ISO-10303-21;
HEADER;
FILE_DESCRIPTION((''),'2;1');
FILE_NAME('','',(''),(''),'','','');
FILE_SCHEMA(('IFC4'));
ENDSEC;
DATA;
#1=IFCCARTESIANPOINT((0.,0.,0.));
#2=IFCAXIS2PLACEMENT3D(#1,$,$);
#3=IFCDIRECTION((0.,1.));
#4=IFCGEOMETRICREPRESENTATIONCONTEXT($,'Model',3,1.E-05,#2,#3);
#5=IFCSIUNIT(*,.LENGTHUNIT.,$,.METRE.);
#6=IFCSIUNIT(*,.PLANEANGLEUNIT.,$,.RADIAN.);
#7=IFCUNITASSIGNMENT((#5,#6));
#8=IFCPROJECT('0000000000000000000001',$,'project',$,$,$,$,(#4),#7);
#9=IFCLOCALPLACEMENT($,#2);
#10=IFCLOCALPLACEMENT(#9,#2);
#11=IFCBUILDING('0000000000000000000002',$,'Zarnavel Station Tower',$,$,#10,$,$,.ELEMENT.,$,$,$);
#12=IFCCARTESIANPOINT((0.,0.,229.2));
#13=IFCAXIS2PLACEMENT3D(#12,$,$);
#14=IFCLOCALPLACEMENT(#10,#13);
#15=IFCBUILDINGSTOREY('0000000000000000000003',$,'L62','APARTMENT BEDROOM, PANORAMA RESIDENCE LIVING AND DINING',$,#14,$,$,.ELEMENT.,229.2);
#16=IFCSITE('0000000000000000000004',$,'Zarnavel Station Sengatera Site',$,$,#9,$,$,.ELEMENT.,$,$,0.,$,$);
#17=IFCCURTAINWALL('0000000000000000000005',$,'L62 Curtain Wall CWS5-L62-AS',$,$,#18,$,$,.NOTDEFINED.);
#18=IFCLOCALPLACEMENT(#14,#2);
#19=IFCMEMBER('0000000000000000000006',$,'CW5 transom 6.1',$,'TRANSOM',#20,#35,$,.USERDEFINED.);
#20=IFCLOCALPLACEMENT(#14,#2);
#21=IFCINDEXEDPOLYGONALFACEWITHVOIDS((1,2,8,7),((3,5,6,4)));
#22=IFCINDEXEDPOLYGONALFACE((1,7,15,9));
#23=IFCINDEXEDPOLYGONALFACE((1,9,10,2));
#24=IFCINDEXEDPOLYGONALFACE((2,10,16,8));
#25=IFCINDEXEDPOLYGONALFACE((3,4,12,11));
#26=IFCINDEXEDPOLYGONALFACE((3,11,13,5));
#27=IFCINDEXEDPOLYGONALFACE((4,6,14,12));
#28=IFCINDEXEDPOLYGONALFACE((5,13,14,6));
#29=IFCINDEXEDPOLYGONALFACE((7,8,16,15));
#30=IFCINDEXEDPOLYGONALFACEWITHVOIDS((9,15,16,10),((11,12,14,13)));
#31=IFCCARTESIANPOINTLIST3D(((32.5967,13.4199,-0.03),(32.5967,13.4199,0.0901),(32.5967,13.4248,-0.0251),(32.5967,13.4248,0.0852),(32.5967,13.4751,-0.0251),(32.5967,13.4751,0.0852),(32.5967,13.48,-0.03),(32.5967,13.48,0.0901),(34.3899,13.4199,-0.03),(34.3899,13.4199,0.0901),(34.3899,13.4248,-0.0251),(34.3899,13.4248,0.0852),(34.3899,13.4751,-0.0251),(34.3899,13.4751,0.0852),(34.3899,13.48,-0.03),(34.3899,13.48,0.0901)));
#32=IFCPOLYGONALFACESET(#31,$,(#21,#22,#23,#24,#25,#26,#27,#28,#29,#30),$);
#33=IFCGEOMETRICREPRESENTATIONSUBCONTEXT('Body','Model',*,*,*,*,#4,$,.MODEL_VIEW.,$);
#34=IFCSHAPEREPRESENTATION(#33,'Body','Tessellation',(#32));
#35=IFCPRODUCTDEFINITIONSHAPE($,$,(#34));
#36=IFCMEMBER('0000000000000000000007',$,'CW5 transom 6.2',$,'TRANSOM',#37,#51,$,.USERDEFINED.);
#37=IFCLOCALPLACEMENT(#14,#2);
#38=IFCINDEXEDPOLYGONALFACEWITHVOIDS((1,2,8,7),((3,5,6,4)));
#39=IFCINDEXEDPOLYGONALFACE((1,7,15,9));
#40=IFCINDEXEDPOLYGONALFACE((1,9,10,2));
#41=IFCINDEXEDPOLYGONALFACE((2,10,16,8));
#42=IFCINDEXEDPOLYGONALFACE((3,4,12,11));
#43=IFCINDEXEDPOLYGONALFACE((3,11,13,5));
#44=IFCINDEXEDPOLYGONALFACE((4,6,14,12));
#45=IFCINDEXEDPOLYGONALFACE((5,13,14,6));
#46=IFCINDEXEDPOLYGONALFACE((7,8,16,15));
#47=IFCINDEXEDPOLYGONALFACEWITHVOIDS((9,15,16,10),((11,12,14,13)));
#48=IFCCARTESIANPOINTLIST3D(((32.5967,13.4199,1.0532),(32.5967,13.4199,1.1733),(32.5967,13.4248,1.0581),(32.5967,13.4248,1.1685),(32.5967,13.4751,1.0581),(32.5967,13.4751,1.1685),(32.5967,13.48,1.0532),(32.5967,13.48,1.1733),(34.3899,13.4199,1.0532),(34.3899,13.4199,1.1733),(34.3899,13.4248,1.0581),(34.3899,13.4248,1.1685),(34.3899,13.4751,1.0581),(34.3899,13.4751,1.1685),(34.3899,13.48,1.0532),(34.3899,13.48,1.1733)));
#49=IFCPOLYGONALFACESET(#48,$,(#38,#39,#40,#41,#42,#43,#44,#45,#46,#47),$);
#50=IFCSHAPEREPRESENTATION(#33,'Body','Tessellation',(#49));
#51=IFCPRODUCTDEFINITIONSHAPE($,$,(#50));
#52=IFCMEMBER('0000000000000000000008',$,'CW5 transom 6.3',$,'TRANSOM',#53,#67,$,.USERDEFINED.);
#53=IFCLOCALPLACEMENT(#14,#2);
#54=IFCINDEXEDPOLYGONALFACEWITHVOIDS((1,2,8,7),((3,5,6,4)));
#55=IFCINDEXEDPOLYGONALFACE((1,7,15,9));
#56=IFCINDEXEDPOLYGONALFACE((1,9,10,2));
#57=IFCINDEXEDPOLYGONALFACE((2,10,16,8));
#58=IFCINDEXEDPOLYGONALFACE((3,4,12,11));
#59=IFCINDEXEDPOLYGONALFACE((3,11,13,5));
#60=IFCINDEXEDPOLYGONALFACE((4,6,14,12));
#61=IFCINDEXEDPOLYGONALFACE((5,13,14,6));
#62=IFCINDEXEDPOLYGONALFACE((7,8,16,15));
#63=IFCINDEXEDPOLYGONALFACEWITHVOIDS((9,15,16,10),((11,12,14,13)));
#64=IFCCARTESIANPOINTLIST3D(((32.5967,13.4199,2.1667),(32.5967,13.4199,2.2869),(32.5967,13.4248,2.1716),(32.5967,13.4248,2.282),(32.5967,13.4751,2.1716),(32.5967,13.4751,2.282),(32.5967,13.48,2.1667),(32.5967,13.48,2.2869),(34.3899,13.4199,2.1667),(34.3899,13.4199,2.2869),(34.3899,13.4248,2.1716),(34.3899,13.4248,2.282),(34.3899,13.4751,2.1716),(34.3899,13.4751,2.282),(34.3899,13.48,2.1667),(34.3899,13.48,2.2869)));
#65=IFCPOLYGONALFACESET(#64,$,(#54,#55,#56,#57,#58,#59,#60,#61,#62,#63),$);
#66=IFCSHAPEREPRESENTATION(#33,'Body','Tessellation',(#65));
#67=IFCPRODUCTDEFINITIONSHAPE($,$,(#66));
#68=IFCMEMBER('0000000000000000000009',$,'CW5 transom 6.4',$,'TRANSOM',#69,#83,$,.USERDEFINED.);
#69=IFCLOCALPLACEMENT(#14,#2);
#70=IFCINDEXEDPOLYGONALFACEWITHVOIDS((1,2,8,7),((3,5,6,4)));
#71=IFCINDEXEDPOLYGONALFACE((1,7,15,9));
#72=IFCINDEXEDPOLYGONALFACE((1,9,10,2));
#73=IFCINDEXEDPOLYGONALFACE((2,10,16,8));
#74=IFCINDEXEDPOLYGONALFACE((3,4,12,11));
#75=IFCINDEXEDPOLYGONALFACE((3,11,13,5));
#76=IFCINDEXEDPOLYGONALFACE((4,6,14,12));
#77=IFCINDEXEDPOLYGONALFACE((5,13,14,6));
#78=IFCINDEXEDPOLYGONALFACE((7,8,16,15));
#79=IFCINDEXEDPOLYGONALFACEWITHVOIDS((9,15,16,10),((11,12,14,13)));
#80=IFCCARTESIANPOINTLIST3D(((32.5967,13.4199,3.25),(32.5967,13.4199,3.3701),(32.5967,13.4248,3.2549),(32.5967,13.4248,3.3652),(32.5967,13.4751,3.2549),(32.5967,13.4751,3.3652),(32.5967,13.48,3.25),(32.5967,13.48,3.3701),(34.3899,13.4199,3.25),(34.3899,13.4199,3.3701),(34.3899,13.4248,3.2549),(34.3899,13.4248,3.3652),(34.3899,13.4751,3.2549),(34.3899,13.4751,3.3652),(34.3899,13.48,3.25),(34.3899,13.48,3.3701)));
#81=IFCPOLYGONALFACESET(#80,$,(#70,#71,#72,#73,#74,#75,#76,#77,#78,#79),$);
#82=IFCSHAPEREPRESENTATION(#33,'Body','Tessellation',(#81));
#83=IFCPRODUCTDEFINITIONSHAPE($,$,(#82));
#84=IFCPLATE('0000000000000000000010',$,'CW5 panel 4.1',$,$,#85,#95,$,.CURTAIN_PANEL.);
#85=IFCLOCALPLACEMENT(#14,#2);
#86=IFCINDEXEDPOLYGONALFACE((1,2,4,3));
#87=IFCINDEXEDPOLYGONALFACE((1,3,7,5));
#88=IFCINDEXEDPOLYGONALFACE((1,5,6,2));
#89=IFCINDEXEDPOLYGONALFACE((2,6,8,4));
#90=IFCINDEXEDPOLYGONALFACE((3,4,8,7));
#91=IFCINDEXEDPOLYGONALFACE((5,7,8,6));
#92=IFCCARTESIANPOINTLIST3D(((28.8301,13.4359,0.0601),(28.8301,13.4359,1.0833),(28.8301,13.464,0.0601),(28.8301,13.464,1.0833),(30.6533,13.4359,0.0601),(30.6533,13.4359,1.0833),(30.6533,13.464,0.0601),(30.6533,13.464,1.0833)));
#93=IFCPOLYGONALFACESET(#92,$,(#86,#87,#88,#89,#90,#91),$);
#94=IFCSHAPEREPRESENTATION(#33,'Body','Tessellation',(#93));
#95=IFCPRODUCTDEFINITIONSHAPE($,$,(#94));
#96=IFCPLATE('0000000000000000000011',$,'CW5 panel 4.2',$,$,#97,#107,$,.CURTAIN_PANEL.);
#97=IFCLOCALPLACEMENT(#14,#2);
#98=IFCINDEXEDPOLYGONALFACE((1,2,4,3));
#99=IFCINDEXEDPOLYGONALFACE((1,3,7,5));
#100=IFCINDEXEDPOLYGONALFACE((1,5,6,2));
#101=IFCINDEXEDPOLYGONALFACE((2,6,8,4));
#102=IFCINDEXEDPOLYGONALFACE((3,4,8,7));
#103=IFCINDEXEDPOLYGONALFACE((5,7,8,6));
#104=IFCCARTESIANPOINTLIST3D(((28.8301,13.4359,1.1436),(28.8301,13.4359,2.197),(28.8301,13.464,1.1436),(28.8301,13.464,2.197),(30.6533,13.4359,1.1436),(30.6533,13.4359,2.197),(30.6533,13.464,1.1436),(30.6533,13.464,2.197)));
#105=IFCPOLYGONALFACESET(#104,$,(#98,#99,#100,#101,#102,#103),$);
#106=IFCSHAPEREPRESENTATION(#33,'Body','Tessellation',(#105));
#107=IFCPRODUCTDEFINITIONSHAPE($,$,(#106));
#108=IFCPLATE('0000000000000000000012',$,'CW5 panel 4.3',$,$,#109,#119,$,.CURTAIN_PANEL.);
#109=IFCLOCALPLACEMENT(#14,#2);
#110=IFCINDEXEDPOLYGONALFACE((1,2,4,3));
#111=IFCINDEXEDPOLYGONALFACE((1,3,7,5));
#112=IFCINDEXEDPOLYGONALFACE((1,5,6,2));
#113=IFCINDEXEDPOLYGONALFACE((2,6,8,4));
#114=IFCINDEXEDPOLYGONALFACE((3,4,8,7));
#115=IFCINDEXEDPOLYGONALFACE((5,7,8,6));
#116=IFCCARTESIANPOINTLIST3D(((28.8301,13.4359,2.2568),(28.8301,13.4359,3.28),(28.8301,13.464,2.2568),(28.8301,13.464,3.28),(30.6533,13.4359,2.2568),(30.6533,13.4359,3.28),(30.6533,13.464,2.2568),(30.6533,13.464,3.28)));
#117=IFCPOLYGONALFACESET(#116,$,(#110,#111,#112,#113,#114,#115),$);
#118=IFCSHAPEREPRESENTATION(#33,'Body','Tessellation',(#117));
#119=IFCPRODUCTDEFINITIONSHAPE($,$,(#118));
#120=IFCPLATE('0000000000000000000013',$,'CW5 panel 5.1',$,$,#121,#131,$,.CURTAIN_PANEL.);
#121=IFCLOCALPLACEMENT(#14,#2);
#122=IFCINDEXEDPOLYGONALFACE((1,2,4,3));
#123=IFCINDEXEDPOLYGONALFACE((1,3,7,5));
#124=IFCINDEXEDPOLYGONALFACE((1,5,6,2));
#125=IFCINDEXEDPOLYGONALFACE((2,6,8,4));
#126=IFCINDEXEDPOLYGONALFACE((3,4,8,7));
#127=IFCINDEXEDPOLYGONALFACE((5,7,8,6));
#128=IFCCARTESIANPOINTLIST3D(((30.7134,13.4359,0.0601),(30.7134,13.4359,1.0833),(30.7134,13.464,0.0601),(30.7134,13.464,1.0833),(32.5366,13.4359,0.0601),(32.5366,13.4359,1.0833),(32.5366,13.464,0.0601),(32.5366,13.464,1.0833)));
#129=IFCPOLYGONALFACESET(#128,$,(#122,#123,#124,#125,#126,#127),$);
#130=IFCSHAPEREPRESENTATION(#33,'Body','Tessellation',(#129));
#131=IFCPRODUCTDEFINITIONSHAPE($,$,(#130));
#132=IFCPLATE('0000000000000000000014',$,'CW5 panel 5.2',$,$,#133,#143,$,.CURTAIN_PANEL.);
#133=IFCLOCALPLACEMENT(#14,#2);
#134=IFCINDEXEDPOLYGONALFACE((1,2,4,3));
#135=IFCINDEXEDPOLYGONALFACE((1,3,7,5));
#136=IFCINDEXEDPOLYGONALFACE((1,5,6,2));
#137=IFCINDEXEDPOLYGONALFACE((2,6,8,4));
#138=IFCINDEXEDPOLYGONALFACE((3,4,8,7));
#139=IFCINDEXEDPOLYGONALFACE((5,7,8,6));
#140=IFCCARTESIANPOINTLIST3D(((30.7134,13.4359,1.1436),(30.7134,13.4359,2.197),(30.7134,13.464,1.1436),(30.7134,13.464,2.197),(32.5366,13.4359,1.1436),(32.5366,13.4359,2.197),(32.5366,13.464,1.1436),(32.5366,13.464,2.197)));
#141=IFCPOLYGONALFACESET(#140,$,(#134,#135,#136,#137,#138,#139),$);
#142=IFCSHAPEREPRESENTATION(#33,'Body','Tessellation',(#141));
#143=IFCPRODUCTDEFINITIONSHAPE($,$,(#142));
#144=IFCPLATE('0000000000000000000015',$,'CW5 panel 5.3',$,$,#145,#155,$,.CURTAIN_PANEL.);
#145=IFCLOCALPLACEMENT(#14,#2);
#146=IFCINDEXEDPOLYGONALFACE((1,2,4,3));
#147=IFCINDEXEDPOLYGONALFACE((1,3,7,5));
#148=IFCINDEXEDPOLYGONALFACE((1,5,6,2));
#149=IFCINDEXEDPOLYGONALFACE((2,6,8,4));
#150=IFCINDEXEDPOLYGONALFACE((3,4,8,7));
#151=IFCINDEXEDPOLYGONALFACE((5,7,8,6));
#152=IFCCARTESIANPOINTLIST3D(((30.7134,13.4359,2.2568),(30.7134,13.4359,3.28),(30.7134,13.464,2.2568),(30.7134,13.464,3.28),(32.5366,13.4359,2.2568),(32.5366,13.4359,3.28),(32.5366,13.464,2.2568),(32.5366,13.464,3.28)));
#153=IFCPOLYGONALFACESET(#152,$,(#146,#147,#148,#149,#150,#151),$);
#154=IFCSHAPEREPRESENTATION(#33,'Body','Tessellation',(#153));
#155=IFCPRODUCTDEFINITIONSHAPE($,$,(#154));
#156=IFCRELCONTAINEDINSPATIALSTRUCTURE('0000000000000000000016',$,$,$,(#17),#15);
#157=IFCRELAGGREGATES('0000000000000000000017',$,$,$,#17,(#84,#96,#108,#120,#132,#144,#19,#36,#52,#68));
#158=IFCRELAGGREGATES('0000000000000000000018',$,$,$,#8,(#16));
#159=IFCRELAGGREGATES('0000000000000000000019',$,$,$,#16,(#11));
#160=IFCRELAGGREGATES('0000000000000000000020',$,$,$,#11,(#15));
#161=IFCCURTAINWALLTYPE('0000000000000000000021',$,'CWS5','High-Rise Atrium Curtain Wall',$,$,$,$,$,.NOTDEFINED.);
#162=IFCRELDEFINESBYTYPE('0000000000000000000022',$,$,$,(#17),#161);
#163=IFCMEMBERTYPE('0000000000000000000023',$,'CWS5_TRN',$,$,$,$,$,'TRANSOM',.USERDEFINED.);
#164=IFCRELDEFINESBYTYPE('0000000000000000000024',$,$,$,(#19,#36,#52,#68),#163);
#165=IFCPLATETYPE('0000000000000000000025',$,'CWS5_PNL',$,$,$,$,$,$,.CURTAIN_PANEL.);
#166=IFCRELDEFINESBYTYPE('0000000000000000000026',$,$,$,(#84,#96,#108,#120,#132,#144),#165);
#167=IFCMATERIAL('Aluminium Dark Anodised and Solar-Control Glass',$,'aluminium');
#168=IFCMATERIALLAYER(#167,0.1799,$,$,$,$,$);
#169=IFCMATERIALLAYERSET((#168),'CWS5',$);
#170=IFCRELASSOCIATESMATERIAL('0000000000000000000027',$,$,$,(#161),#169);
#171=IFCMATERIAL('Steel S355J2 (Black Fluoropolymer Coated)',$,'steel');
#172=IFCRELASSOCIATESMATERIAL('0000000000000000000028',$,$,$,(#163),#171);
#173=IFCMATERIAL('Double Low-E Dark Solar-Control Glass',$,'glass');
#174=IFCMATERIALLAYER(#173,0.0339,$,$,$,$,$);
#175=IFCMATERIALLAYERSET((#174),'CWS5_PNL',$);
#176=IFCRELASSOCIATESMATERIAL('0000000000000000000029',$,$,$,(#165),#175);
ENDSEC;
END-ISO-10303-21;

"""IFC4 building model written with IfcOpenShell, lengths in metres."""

from ifc_helpers import new_model, si_unit, direction, frame, origin, origin_2d, place, context, subcontext, project, spatial, rectangle, hollow_rectangle, extrude, material, layer, layer_set, material_profile, profile_set, type_object, element, aggregate, save


model = new_model("IFC4")

# Units and contexts
model_context = context("Model", 3, precision=1e-05, world=origin(), true_north=direction((0.0, 1.0)))
body_context = subcontext(model_context, "Body", "Model", "MODEL_VIEW")
ifc_project = project(units=[si_unit("LENGTHUNIT", "METRE"), si_unit("PLANEANGLEUNIT", "RADIAN")], contexts=[model_context])

# Site, building, storey
site_placement = place(None, origin())
site = spatial("IfcSite", under=ifc_project, at=site_placement, Name="Zarnavel Station Sengatera Site", CompositionType="ELEMENT", RefElevation=0.0)
building_placement = place(site_placement, origin())
building = spatial("IfcBuilding", under=site, at=building_placement, Name="Zarnavel Station Tower", CompositionType="ELEMENT")
storey_placement = place(building_placement, frame((0.0, 0.0, 229.2)))
storey = spatial("IfcBuildingStorey", under=building, at=storey_placement, Name="L62", Description="APARTMENT BEDROOM, PANORAMA RESIDENCE LIVING AND DINING", CompositionType="ELEMENT", Elevation=229.2)

# Curtain wall, members, plates
ifc_material_1 = material(Name="Aluminium Dark Anodised and Solar-Control Glass", Category="aluminium")
ifc_layer_1 = layer(ifc_material_1, 0.1799)
ifc_layer_set_1 = layer_set([ifc_layer_1], Name="CWS5")
curtain_wall_type = type_object("IfcCurtainWallType", Name="CWS5", Description="High-Rise Atrium Curtain Wall", PredefinedType="NOTDEFINED", material=ifc_layer_set_1)
curtain_wall_placement = place(storey_placement, origin())
curtain_wall = element("IfcCurtainWall", 1, at=curtain_wall_placement, inside=storey, type_object=curtain_wall_type, Name="L62 Curtain Wall CWS5-L62-AS", PredefinedType="NOTDEFINED")
ifc_material_2 = material(Name="Steel S355J2 (Black Fluoropolymer Coated)", Category="steel")
ifc_material_profile_1 = material_profile(ifc_material_2, hollow_rectangle(XDim=0.0601, YDim=0.1201, WallThickness=0.0049, at=origin_2d()), Name="RHS120x60x5")
ifc_profile_set_1 = profile_set([ifc_material_profile_1], Name="Steel S355J2 (Black Fluoropolymer Coated)")
member_type_1 = type_object("IfcMemberType", Name="CWS5_TRN", ElementType="TRANSOM", PredefinedType="USERDEFINED", material=ifc_profile_set_1)
member_1_placement = place(storey_placement, frame((32.5967, 13.45, 0.03), z_axis=(1.0, 0.0, 0.0), x_axis=(0.0, 1.0, 0.0)))
member_1 = element("IfcMember", 2, at=member_1_placement, type_object=member_type_1, Name="CW5 transom 6.1", ObjectType="TRANSOM", PredefinedType="USERDEFINED", context=body_context, shape_type="SweptSolid", body=[
    extrude(hollow_rectangle(XDim=0.0601, YDim=0.1201, WallThickness=0.0049, at=origin_2d()), origin(), (0.0, 0.0, 1.0), 1.7932),
])
member_2_placement = place(storey_placement, frame((32.5967, 13.45, 1.1133), z_axis=(1.0, 0.0, 0.0), x_axis=(0.0, 1.0, 0.0)))
member_2 = element("IfcMember", 3, at=member_2_placement, type_object=member_type_1, Name="CW5 transom 6.2", ObjectType="TRANSOM", PredefinedType="USERDEFINED", context=body_context, shape_type="SweptSolid", body=[
    extrude(hollow_rectangle(XDim=0.0601, YDim=0.1201, WallThickness=0.0049, at=origin_2d()), origin(), (0.0, 0.0, 1.0), 1.7932),
])
member_3_placement = place(storey_placement, frame((32.5967, 13.45, 2.2268), z_axis=(1.0, 0.0, 0.0), x_axis=(0.0, 1.0, 0.0)))
member_3 = element("IfcMember", 4, at=member_3_placement, type_object=member_type_1, Name="CW5 transom 6.3", ObjectType="TRANSOM", PredefinedType="USERDEFINED", context=body_context, shape_type="SweptSolid", body=[
    extrude(hollow_rectangle(XDim=0.0601, YDim=0.1201, WallThickness=0.0049, at=origin_2d()), origin(), (0.0, 0.0, 1.0), 1.7932),
])
member_4_placement = place(storey_placement, frame((32.5967, 13.45, 3.3101), z_axis=(1.0, 0.0, 0.0), x_axis=(0.0, 1.0, 0.0)))
member_4 = element("IfcMember", 5, at=member_4_placement, type_object=member_type_1, Name="CW5 transom 6.4", ObjectType="TRANSOM", PredefinedType="USERDEFINED", context=body_context, shape_type="SweptSolid", body=[
    extrude(hollow_rectangle(XDim=0.0601, YDim=0.1201, WallThickness=0.0049, at=origin_2d()), origin(), (0.0, 0.0, 1.0), 1.7932),
])
ifc_material_3 = material(Name="Double Low-E Dark Solar-Control Glass", Category="glass")
ifc_layer_2 = layer(ifc_material_3, 0.0339)
ifc_layer_set_2 = layer_set([ifc_layer_2], Name="CWS5_PNL")
plate_type = type_object("IfcPlateType", Name="CWS5_PNL", PredefinedType="CURTAIN_PANEL", material=ifc_layer_set_2)
plate_1_placement = place(storey_placement, frame((29.7417, 13.45, 0.0601), z_axis=(0.0, 0.0, 1.0), x_axis=(1.0, 0.0, 0.0)))
plate_1 = element("IfcPlate", 6, at=plate_1_placement, type_object=plate_type, Name="CW5 panel 4.1", PredefinedType="CURTAIN_PANEL", context=body_context, shape_type="SweptSolid", body=[
    extrude(rectangle(XDim=1.8232, YDim=0.0281, at=origin_2d()), origin(), (0.0, 0.0, 1.0), 1.0232),
])
plate_2_placement = place(storey_placement, frame((29.7417, 13.45, 1.1436), z_axis=(0.0, 0.0, 1.0), x_axis=(1.0, 0.0, 0.0)))
plate_2 = element("IfcPlate", 7, at=plate_2_placement, type_object=plate_type, Name="CW5 panel 4.2", PredefinedType="CURTAIN_PANEL", context=body_context, shape_type="SweptSolid", body=[
    extrude(rectangle(XDim=1.8232, YDim=0.0281, at=origin_2d()), origin(), (0.0, 0.0, 1.0), 1.0535),
])
plate_3_placement = place(storey_placement, frame((29.7417, 13.45, 2.2568), z_axis=(0.0, 0.0, 1.0), x_axis=(1.0, 0.0, 0.0)))
plate_3 = element("IfcPlate", 8, at=plate_3_placement, type_object=plate_type, Name="CW5 panel 4.3", PredefinedType="CURTAIN_PANEL", context=body_context, shape_type="SweptSolid", body=[
    extrude(rectangle(XDim=1.8232, YDim=0.0281, at=origin_2d()), origin(), (0.0, 0.0, 1.0), 1.0232),
])
plate_4_placement = place(storey_placement, frame((31.625, 13.45, 0.0601), z_axis=(0.0, 0.0, 1.0), x_axis=(1.0, 0.0, 0.0)))
plate_4 = element("IfcPlate", 9, at=plate_4_placement, type_object=plate_type, Name="CW5 panel 5.1", PredefinedType="CURTAIN_PANEL", context=body_context, shape_type="SweptSolid", body=[
    extrude(rectangle(XDim=1.8232, YDim=0.0281, at=origin_2d()), origin(), (0.0, 0.0, 1.0), 1.0232),
])
plate_5_placement = place(storey_placement, frame((31.625, 13.45, 1.1436), z_axis=(0.0, 0.0, 1.0), x_axis=(1.0, 0.0, 0.0)))
plate_5 = element("IfcPlate", 10, at=plate_5_placement, type_object=plate_type, Name="CW5 panel 5.2", PredefinedType="CURTAIN_PANEL", context=body_context, shape_type="SweptSolid", body=[
    extrude(rectangle(XDim=1.8232, YDim=0.0281, at=origin_2d()), origin(), (0.0, 0.0, 1.0), 1.0535),
])
plate_6_placement = place(storey_placement, frame((31.625, 13.45, 2.2568), z_axis=(0.0, 0.0, 1.0), x_axis=(1.0, 0.0, 0.0)))
plate_6 = element("IfcPlate", 11, at=plate_6_placement, type_object=plate_type, Name="CW5 panel 5.3", PredefinedType="CURTAIN_PANEL", context=body_context, shape_type="SweptSolid", body=[
    extrude(rectangle(XDim=1.8232, YDim=0.0281, at=origin_2d()), origin(), (0.0, 0.0, 1.0), 1.0232),
])
aggregate(curtain_wall, [plate_1, plate_2, plate_3, plate_4, plate_5, plate_6, member_1, member_2, member_3, member_4])

save(model, "model.ifc")
